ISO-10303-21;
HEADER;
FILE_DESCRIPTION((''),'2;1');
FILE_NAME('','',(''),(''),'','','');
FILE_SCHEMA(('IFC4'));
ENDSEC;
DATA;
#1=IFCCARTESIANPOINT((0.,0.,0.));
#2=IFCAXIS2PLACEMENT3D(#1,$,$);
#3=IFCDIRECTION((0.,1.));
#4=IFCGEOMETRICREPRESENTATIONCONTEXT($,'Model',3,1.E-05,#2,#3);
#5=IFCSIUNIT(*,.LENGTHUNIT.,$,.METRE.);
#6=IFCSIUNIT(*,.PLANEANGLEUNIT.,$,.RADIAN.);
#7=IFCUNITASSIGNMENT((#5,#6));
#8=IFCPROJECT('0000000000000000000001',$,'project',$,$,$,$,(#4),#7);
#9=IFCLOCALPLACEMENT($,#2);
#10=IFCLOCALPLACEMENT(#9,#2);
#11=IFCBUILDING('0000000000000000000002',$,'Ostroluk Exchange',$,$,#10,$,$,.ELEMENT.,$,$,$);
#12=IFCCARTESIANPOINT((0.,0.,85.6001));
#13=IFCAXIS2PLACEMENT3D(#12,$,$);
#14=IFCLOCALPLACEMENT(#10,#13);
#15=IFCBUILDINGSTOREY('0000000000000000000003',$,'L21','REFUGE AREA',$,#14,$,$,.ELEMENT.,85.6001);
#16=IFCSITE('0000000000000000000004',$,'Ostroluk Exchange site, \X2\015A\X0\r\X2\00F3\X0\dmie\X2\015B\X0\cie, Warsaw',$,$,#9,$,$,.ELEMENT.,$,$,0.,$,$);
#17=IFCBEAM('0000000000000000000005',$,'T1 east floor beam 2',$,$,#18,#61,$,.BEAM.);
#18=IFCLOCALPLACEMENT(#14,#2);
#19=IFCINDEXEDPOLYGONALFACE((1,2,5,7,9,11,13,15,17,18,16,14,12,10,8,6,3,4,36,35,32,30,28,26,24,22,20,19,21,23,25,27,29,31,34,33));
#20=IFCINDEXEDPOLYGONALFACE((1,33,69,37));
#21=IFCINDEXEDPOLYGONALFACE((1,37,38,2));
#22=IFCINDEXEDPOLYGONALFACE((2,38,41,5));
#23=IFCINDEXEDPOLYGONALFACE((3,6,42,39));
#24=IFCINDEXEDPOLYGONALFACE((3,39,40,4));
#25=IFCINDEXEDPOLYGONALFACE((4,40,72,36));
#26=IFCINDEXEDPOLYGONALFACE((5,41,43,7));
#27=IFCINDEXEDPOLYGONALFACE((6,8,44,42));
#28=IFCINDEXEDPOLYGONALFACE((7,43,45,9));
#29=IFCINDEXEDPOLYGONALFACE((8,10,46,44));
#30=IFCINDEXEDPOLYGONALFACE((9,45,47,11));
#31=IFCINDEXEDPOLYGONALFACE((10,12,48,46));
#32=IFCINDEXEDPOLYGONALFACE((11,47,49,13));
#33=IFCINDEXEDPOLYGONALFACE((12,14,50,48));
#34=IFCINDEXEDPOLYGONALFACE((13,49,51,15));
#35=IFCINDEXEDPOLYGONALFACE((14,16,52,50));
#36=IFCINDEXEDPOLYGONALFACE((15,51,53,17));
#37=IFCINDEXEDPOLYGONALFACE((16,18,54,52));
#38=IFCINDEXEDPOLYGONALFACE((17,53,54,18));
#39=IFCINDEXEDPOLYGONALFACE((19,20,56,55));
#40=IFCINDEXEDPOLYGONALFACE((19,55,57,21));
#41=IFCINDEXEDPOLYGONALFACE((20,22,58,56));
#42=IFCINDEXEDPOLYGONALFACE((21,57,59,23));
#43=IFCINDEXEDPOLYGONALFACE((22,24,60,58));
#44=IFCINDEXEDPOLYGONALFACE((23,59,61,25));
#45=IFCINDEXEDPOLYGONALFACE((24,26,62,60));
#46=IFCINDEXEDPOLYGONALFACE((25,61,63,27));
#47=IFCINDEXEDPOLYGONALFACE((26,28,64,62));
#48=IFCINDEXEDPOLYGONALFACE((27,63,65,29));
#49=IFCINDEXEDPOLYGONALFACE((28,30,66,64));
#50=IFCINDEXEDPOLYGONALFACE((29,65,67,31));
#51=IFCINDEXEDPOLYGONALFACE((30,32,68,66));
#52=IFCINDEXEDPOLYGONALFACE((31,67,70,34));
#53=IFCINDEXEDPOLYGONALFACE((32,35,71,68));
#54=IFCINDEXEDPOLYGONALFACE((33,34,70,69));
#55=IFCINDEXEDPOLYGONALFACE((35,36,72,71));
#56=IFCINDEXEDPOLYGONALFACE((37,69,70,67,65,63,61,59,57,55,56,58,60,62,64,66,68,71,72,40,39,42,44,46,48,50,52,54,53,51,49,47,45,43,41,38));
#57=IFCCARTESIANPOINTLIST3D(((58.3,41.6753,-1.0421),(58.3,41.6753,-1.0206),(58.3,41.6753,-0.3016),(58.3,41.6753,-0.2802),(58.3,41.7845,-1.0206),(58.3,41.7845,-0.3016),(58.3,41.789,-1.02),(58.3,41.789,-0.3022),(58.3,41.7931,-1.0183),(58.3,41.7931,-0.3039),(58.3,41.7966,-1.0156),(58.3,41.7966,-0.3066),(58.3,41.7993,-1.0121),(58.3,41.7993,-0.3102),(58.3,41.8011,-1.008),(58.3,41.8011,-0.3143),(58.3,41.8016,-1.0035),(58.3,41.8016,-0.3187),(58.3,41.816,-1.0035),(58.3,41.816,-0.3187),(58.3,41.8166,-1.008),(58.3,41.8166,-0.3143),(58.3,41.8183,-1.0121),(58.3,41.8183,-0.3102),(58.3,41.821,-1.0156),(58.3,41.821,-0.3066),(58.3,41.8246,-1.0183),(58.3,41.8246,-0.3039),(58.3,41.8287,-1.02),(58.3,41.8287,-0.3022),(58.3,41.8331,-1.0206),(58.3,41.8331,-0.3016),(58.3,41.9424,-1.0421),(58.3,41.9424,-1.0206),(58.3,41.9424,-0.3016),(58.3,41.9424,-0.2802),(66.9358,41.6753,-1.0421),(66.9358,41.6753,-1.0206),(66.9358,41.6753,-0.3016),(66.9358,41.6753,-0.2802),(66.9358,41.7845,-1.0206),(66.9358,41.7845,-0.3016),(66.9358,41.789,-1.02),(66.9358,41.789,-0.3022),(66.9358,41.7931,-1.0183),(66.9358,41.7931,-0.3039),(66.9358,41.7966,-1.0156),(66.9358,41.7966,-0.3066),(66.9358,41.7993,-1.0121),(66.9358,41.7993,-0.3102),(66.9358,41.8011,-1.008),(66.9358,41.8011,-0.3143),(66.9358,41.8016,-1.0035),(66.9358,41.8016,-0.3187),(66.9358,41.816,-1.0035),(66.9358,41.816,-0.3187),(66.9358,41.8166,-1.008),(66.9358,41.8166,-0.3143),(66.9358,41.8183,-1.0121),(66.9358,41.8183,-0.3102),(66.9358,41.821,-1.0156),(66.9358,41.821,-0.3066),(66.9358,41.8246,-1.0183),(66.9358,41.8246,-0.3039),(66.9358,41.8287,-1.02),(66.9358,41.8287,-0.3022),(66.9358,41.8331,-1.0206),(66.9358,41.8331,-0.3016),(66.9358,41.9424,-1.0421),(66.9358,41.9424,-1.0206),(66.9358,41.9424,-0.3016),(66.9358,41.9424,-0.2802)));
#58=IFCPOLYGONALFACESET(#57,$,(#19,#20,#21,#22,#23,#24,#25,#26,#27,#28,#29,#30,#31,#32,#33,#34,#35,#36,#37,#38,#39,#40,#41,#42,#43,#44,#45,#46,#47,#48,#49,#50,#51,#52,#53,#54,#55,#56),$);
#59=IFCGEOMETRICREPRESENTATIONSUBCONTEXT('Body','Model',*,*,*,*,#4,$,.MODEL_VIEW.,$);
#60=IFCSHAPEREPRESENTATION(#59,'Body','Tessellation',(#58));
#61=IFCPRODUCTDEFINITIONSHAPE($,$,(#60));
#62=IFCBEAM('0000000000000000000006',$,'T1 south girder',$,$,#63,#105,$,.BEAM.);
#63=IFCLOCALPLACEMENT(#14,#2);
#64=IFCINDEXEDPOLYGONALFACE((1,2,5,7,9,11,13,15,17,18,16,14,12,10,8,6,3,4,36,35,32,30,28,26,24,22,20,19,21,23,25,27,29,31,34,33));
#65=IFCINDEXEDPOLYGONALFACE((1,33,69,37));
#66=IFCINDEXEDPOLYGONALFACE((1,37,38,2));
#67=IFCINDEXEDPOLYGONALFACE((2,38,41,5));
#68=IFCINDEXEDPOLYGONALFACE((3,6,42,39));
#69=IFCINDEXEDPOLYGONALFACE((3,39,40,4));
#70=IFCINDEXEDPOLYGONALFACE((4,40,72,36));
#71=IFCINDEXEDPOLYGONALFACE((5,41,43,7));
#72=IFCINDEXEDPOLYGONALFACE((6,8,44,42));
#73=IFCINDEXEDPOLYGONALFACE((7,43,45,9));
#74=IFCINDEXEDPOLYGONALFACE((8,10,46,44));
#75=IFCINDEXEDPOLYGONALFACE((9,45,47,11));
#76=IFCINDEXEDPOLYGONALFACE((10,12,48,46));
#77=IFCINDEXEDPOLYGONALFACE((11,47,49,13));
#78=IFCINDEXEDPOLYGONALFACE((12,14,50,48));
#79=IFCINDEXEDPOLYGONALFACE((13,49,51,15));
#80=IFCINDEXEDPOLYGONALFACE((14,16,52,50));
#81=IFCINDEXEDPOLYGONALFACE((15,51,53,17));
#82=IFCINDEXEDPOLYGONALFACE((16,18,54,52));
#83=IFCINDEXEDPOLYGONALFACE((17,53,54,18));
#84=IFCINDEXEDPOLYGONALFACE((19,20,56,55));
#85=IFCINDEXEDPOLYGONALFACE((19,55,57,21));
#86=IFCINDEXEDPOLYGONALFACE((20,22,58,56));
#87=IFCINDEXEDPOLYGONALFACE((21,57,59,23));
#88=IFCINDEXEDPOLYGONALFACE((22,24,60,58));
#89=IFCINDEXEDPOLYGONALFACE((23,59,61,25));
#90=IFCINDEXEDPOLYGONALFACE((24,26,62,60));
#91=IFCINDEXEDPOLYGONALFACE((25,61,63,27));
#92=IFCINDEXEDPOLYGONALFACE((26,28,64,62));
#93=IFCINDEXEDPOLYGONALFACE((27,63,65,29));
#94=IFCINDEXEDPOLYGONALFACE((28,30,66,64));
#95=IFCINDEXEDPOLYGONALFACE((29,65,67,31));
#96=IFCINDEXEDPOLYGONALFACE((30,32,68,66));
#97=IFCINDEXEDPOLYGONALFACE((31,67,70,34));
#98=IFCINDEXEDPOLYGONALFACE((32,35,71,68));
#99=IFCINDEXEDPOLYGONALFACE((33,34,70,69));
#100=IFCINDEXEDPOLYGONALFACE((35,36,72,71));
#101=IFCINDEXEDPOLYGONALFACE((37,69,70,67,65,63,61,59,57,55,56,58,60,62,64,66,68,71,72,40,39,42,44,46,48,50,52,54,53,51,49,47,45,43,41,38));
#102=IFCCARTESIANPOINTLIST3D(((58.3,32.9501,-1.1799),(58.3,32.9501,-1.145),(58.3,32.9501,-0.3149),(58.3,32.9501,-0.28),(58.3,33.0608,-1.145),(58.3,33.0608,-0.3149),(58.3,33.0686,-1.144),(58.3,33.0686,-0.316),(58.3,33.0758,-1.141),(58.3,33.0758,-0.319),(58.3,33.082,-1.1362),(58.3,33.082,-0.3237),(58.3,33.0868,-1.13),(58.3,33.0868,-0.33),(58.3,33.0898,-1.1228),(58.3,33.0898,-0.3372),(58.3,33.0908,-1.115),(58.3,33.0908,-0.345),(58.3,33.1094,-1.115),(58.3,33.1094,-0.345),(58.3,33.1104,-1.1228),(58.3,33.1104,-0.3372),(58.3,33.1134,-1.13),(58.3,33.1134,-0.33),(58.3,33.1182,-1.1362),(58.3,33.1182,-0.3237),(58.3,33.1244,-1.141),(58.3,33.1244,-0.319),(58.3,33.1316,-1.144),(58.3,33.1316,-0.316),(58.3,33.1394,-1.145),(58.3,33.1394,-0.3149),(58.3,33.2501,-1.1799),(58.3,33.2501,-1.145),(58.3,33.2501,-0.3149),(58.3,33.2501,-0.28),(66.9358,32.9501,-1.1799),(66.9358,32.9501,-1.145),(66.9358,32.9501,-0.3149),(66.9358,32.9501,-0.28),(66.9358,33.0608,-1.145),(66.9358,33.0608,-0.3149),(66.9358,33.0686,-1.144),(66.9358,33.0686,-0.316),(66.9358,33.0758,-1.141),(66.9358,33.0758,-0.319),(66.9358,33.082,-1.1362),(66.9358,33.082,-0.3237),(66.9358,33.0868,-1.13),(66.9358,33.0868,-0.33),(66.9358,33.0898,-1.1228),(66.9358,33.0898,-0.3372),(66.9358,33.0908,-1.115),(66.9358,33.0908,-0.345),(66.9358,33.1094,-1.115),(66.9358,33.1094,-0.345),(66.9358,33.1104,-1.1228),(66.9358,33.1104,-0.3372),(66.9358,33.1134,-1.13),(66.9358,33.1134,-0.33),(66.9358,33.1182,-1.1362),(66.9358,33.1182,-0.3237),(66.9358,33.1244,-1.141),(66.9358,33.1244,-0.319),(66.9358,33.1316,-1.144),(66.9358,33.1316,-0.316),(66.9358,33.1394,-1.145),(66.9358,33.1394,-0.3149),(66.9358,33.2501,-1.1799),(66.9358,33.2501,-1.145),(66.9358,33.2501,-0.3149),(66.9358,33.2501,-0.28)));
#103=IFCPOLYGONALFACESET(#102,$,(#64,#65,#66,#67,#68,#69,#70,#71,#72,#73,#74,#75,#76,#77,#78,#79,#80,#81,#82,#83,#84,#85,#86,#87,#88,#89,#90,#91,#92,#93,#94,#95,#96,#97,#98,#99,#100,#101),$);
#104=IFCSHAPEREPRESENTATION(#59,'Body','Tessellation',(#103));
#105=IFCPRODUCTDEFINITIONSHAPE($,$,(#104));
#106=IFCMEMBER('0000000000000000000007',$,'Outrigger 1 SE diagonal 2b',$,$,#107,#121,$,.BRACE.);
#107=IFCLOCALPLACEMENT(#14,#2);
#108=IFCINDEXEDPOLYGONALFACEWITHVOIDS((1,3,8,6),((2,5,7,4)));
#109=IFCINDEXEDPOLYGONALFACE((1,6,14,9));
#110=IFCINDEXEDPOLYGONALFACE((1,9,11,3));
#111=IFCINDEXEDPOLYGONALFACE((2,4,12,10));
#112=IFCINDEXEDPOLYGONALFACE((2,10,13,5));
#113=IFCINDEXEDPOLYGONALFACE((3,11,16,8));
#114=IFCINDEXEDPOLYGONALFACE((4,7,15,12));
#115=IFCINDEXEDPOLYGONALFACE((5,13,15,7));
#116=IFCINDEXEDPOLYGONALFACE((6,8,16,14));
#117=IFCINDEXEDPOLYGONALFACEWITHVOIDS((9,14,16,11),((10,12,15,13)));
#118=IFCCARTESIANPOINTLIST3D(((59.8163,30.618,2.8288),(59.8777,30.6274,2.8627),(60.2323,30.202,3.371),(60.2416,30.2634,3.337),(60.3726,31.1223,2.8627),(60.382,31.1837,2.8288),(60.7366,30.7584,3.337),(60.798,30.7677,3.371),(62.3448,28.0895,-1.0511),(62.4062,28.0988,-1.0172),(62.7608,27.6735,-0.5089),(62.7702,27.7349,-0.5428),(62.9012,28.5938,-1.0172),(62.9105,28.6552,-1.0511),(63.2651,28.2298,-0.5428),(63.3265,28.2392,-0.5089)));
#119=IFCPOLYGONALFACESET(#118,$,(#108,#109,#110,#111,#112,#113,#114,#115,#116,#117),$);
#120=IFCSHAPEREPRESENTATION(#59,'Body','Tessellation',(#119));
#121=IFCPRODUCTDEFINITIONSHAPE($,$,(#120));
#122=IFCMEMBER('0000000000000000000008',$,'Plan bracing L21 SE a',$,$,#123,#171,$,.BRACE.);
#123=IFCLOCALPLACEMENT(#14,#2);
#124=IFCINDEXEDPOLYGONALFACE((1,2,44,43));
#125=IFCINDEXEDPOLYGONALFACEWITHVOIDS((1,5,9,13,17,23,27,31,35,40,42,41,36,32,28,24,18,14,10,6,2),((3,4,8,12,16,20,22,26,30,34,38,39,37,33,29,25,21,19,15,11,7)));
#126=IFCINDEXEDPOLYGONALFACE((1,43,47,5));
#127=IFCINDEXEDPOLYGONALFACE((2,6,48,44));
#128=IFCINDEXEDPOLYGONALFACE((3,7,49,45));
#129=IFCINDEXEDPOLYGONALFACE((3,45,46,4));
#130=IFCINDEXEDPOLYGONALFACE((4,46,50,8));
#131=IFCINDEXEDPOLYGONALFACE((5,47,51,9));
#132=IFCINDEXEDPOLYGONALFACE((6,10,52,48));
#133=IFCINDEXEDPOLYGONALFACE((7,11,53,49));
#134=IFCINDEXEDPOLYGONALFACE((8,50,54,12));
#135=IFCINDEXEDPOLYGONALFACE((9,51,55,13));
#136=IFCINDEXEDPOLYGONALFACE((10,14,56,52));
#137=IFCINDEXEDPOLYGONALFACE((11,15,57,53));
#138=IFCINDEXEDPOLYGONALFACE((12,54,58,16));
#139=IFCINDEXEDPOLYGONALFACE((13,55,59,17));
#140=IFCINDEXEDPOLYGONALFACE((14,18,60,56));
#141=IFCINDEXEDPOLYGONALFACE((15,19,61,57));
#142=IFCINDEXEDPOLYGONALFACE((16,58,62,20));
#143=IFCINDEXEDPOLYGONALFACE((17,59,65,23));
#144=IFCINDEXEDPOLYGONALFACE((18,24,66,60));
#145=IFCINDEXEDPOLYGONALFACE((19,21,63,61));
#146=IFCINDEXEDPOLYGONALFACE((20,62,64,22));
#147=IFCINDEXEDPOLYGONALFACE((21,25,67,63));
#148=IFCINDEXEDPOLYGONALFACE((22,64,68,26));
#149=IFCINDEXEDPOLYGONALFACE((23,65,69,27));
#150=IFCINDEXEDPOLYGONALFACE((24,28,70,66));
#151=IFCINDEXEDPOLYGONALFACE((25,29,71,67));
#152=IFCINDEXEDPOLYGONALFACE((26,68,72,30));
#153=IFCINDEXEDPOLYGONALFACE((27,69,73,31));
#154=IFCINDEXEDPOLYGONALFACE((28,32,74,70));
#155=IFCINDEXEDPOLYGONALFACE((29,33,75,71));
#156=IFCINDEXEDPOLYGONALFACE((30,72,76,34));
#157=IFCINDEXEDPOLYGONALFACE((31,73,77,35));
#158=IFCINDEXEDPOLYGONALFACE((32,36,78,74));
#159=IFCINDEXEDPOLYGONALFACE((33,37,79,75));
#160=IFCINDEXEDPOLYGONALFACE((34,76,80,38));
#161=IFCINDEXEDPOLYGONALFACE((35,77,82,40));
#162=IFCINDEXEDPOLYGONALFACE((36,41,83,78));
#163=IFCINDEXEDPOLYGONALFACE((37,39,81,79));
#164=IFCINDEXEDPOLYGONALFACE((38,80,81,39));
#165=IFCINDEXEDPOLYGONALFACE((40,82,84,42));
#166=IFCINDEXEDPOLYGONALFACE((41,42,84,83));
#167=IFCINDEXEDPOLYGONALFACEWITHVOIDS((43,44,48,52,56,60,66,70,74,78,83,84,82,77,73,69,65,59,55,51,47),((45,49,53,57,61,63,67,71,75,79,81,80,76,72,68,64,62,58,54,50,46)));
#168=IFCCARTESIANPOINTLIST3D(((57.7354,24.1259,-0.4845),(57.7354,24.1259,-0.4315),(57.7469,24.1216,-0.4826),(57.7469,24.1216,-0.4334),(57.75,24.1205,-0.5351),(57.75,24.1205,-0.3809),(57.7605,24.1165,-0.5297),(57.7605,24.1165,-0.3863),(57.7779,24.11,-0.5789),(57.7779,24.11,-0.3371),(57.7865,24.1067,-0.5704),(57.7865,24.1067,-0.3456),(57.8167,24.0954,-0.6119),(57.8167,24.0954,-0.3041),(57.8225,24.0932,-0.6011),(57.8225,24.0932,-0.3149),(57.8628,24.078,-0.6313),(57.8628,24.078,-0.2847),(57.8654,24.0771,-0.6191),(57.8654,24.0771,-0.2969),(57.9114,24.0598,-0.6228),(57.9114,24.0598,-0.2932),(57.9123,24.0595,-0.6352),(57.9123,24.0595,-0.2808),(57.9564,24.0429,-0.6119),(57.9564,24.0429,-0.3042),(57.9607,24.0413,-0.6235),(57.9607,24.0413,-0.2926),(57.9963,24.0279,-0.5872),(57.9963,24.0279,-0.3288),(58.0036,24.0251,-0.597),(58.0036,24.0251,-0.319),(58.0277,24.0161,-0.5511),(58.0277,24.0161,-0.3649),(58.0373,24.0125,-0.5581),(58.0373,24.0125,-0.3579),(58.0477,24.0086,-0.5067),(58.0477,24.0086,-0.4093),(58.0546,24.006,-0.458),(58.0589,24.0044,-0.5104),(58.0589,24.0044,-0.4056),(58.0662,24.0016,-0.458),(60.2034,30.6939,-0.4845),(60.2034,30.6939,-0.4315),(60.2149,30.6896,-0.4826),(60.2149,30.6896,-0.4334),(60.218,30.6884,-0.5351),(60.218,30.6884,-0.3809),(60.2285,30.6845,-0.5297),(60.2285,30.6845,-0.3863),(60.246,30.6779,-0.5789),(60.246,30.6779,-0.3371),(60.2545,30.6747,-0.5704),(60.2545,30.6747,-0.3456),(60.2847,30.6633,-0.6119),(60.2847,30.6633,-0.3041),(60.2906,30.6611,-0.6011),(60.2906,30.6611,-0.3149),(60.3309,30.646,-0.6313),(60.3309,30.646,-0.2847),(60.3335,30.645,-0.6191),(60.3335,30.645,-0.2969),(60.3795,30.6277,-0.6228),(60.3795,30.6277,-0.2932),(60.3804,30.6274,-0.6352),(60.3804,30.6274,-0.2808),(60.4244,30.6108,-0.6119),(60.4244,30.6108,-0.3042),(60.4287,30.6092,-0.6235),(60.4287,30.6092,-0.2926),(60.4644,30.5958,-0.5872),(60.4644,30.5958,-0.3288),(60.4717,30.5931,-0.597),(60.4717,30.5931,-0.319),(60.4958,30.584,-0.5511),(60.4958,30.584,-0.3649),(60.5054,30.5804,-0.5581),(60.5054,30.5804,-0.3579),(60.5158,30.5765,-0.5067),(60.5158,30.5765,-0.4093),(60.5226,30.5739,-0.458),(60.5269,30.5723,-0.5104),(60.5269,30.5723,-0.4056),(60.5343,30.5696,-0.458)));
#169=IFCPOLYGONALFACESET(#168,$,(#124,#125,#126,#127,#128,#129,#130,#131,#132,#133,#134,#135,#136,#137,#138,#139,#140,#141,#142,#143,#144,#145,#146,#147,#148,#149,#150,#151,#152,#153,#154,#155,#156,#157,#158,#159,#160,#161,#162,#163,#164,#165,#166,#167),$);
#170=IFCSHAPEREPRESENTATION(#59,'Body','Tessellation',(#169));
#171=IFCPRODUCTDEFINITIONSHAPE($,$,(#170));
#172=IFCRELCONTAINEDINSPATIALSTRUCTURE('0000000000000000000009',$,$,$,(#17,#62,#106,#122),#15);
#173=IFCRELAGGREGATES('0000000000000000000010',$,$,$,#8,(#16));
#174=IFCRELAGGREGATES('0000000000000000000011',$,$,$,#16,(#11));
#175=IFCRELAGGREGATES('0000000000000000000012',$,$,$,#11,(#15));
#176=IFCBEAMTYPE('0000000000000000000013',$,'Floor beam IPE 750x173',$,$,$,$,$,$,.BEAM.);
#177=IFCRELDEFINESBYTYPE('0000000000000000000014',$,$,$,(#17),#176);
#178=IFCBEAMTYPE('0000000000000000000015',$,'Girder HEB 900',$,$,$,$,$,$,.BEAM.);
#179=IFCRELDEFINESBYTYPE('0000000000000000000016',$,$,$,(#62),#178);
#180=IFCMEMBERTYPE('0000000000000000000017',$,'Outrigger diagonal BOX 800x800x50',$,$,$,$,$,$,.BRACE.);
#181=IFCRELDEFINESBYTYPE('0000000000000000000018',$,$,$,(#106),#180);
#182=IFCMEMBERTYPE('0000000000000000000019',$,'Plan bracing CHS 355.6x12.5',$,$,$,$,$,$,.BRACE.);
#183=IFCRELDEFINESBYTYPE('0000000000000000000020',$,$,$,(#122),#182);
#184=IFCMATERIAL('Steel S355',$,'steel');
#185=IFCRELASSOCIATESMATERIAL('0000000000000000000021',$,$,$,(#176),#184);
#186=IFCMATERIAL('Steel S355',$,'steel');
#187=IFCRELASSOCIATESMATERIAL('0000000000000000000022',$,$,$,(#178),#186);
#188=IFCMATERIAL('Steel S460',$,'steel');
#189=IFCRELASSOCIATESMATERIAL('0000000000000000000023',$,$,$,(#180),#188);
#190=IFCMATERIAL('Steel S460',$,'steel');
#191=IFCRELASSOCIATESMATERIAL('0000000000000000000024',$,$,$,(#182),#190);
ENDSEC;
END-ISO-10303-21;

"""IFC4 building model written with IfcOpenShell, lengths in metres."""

from ifc_helpers import new_model, si_unit, direction, frame, origin, origin_2d, place, context, subcontext, project, spatial, hollow_rectangle, hollow_circle, i_section, extrude, material, material_profile, profile_set, type_object, element, save


model = new_model("IFC4")

# Units and contexts
model_context = context("Model", 3, precision=1e-05, world=origin(), true_north=direction((0.0, 1.0)))
body_context = subcontext(model_context, "Body", "Model", "MODEL_VIEW")
ifc_project = project(units=[si_unit("LENGTHUNIT", "METRE"), si_unit("PLANEANGLEUNIT", "RADIAN")], contexts=[model_context])

# Site, building, storey
site_placement = place(None, origin())
site = spatial("IfcSite", under=ifc_project, at=site_placement, Name="Ostroluk Exchange site, Śródmieście, Warsaw", CompositionType="ELEMENT", RefElevation=0.0)
building_placement = place(site_placement, origin())
building = spatial("IfcBuilding", under=site, at=building_placement, Name="Ostroluk Exchange", CompositionType="ELEMENT")
storey_placement = place(building_placement, frame((0.0, 0.0, 85.6001)))
storey = spatial("IfcBuildingStorey", under=building, at=storey_placement, Name="L21", Description="REFUGE AREA", CompositionType="ELEMENT", Elevation=85.6001)

# Beams
ifc_material_1 = material(Name="Steel S355", Category="steel")
ifc_material_profile_1 = material_profile(ifc_material_1, i_section(OverallWidth=0.2671, OverallDepth=0.762, WebThickness=0.0144, FlangeThickness=0.0215, FilletRadius=0.0171, at=origin_2d()), Name="IPE 750x173")
ifc_profile_set_1 = profile_set([ifc_material_profile_1], Name="Steel S355")
beam_type_1 = type_object("IfcBeamType", Name="Floor beam IPE 750x173", PredefinedType="BEAM", material=ifc_profile_set_1)
for number, where, z_axis, x_axis, name in (
    (1, (58.3, 41.8088, -0.6611), (1.0, 0.0, 0.0), (0.0, 1.0, 0.0), "T1 east floor beam 2"),
):
    element("IfcBeam", number, at=place(storey_placement, frame(where, z_axis=z_axis, x_axis=x_axis)), inside=storey, type_object=beam_type_1, Name=name, PredefinedType="BEAM", context=body_context, shape_type="SweptSolid", body=[
        extrude(i_section(OverallWidth=0.2671, OverallDepth=0.762, WebThickness=0.0144, FlangeThickness=0.0215, FilletRadius=0.0171, at=origin_2d()), origin(), (0.0, 0.0, 1.0), 8.6357),
    ])
ifc_material_2 = material(Name="Steel S355", Category="steel")
ifc_material_profile_2 = material_profile(ifc_material_2, i_section(OverallWidth=0.3, OverallDepth=0.8999, WebThickness=0.0186, FlangeThickness=0.0349, FilletRadius=0.03, at=origin_2d()), Name="HEB 900")
ifc_profile_set_2 = profile_set([ifc_material_profile_2], Name="Steel S355")
beam_type_2 = type_object("IfcBeamType", Name="Girder HEB 900", PredefinedType="BEAM", material=ifc_profile_set_2)
beam_1_placement = place(storey_placement, frame((58.3, 33.1001, -0.73), z_axis=(1.0, 0.0, 0.0), x_axis=(0.0, 1.0, 0.0)))
element("IfcBeam", 2, at=beam_1_placement, inside=storey, type_object=beam_type_2, Name="T1 south girder", PredefinedType="BEAM", context=body_context, shape_type="SweptSolid", body=[
    extrude(i_section(OverallWidth=0.3, OverallDepth=0.8999, WebThickness=0.0186, FlangeThickness=0.0349, FilletRadius=0.03, at=origin_2d()), origin(), (0.0, 0.0, 1.0), 8.6357),
])

# Members
ifc_material_3 = material(Name="Steel S460", Category="steel")
ifc_material_profile_3 = material_profile(ifc_material_3, hollow_rectangle(XDim=0.8, YDim=0.8, WallThickness=0.05, at=origin_2d()), Name="BOX 800x800x50")
ifc_profile_set_3 = profile_set([ifc_material_profile_3], Name="Steel S460")
member_type_1 = type_object("IfcMemberType", Name="Outrigger diagonal BOX 800x800x50", PredefinedType="BRACE", material=ifc_profile_set_3)
member_1_placement = place(storey_placement, frame((60.3071, 30.6929, 3.0999), z_axis=(0.479218, -0.479218, -0.735323), x_axis=(0.707107, 0.707107, 0.0)))
element("IfcMember", 3, at=member_1_placement, inside=storey, type_object=member_type_1, Name="Outrigger 1 SE diagonal 2b", PredefinedType="BRACE", context=body_context, shape_type="SweptSolid", body=[
    extrude(hollow_rectangle(XDim=0.8, YDim=0.8, WallThickness=0.05, at=origin_2d()), origin(), (0.0, 0.0, 1.0), 5.2764),
])
ifc_material_4 = material(Name="Steel S460", Category="steel")
ifc_material_profile_4 = material_profile(ifc_material_4, hollow_circle(Radius=0.1777, WallThickness=0.0125, at=origin_2d()), Name="CHS 355.6x12.5")
ifc_profile_set_4 = profile_set([ifc_material_profile_4], Name="Steel S460")
member_type_2 = type_object("IfcMemberType", Name="Plan bracing CHS 355.6x12.5", PredefinedType="BRACE", material=ifc_profile_set_4)
for number, where, z_axis, x_axis, name in (
    (4, (60.3679, 30.6321, -0.458), (-0.351756, -0.936092, 0.0), (0.936092, -0.351756, 0.0), "Plan bracing L21 SE a"),
):
    element("IfcMember", number, at=place(storey_placement, frame(where, z_axis=z_axis, x_axis=x_axis)), inside=storey, type_object=member_type_2, Name=name, PredefinedType="BRACE", context=body_context, shape_type="SweptSolid", body=[
        extrude(hollow_circle(Radius=0.1777, WallThickness=0.0125, at=origin_2d()), origin(), (0.0, 0.0, 1.0), 7.0164),
    ])

save(model, "model.ifc")
